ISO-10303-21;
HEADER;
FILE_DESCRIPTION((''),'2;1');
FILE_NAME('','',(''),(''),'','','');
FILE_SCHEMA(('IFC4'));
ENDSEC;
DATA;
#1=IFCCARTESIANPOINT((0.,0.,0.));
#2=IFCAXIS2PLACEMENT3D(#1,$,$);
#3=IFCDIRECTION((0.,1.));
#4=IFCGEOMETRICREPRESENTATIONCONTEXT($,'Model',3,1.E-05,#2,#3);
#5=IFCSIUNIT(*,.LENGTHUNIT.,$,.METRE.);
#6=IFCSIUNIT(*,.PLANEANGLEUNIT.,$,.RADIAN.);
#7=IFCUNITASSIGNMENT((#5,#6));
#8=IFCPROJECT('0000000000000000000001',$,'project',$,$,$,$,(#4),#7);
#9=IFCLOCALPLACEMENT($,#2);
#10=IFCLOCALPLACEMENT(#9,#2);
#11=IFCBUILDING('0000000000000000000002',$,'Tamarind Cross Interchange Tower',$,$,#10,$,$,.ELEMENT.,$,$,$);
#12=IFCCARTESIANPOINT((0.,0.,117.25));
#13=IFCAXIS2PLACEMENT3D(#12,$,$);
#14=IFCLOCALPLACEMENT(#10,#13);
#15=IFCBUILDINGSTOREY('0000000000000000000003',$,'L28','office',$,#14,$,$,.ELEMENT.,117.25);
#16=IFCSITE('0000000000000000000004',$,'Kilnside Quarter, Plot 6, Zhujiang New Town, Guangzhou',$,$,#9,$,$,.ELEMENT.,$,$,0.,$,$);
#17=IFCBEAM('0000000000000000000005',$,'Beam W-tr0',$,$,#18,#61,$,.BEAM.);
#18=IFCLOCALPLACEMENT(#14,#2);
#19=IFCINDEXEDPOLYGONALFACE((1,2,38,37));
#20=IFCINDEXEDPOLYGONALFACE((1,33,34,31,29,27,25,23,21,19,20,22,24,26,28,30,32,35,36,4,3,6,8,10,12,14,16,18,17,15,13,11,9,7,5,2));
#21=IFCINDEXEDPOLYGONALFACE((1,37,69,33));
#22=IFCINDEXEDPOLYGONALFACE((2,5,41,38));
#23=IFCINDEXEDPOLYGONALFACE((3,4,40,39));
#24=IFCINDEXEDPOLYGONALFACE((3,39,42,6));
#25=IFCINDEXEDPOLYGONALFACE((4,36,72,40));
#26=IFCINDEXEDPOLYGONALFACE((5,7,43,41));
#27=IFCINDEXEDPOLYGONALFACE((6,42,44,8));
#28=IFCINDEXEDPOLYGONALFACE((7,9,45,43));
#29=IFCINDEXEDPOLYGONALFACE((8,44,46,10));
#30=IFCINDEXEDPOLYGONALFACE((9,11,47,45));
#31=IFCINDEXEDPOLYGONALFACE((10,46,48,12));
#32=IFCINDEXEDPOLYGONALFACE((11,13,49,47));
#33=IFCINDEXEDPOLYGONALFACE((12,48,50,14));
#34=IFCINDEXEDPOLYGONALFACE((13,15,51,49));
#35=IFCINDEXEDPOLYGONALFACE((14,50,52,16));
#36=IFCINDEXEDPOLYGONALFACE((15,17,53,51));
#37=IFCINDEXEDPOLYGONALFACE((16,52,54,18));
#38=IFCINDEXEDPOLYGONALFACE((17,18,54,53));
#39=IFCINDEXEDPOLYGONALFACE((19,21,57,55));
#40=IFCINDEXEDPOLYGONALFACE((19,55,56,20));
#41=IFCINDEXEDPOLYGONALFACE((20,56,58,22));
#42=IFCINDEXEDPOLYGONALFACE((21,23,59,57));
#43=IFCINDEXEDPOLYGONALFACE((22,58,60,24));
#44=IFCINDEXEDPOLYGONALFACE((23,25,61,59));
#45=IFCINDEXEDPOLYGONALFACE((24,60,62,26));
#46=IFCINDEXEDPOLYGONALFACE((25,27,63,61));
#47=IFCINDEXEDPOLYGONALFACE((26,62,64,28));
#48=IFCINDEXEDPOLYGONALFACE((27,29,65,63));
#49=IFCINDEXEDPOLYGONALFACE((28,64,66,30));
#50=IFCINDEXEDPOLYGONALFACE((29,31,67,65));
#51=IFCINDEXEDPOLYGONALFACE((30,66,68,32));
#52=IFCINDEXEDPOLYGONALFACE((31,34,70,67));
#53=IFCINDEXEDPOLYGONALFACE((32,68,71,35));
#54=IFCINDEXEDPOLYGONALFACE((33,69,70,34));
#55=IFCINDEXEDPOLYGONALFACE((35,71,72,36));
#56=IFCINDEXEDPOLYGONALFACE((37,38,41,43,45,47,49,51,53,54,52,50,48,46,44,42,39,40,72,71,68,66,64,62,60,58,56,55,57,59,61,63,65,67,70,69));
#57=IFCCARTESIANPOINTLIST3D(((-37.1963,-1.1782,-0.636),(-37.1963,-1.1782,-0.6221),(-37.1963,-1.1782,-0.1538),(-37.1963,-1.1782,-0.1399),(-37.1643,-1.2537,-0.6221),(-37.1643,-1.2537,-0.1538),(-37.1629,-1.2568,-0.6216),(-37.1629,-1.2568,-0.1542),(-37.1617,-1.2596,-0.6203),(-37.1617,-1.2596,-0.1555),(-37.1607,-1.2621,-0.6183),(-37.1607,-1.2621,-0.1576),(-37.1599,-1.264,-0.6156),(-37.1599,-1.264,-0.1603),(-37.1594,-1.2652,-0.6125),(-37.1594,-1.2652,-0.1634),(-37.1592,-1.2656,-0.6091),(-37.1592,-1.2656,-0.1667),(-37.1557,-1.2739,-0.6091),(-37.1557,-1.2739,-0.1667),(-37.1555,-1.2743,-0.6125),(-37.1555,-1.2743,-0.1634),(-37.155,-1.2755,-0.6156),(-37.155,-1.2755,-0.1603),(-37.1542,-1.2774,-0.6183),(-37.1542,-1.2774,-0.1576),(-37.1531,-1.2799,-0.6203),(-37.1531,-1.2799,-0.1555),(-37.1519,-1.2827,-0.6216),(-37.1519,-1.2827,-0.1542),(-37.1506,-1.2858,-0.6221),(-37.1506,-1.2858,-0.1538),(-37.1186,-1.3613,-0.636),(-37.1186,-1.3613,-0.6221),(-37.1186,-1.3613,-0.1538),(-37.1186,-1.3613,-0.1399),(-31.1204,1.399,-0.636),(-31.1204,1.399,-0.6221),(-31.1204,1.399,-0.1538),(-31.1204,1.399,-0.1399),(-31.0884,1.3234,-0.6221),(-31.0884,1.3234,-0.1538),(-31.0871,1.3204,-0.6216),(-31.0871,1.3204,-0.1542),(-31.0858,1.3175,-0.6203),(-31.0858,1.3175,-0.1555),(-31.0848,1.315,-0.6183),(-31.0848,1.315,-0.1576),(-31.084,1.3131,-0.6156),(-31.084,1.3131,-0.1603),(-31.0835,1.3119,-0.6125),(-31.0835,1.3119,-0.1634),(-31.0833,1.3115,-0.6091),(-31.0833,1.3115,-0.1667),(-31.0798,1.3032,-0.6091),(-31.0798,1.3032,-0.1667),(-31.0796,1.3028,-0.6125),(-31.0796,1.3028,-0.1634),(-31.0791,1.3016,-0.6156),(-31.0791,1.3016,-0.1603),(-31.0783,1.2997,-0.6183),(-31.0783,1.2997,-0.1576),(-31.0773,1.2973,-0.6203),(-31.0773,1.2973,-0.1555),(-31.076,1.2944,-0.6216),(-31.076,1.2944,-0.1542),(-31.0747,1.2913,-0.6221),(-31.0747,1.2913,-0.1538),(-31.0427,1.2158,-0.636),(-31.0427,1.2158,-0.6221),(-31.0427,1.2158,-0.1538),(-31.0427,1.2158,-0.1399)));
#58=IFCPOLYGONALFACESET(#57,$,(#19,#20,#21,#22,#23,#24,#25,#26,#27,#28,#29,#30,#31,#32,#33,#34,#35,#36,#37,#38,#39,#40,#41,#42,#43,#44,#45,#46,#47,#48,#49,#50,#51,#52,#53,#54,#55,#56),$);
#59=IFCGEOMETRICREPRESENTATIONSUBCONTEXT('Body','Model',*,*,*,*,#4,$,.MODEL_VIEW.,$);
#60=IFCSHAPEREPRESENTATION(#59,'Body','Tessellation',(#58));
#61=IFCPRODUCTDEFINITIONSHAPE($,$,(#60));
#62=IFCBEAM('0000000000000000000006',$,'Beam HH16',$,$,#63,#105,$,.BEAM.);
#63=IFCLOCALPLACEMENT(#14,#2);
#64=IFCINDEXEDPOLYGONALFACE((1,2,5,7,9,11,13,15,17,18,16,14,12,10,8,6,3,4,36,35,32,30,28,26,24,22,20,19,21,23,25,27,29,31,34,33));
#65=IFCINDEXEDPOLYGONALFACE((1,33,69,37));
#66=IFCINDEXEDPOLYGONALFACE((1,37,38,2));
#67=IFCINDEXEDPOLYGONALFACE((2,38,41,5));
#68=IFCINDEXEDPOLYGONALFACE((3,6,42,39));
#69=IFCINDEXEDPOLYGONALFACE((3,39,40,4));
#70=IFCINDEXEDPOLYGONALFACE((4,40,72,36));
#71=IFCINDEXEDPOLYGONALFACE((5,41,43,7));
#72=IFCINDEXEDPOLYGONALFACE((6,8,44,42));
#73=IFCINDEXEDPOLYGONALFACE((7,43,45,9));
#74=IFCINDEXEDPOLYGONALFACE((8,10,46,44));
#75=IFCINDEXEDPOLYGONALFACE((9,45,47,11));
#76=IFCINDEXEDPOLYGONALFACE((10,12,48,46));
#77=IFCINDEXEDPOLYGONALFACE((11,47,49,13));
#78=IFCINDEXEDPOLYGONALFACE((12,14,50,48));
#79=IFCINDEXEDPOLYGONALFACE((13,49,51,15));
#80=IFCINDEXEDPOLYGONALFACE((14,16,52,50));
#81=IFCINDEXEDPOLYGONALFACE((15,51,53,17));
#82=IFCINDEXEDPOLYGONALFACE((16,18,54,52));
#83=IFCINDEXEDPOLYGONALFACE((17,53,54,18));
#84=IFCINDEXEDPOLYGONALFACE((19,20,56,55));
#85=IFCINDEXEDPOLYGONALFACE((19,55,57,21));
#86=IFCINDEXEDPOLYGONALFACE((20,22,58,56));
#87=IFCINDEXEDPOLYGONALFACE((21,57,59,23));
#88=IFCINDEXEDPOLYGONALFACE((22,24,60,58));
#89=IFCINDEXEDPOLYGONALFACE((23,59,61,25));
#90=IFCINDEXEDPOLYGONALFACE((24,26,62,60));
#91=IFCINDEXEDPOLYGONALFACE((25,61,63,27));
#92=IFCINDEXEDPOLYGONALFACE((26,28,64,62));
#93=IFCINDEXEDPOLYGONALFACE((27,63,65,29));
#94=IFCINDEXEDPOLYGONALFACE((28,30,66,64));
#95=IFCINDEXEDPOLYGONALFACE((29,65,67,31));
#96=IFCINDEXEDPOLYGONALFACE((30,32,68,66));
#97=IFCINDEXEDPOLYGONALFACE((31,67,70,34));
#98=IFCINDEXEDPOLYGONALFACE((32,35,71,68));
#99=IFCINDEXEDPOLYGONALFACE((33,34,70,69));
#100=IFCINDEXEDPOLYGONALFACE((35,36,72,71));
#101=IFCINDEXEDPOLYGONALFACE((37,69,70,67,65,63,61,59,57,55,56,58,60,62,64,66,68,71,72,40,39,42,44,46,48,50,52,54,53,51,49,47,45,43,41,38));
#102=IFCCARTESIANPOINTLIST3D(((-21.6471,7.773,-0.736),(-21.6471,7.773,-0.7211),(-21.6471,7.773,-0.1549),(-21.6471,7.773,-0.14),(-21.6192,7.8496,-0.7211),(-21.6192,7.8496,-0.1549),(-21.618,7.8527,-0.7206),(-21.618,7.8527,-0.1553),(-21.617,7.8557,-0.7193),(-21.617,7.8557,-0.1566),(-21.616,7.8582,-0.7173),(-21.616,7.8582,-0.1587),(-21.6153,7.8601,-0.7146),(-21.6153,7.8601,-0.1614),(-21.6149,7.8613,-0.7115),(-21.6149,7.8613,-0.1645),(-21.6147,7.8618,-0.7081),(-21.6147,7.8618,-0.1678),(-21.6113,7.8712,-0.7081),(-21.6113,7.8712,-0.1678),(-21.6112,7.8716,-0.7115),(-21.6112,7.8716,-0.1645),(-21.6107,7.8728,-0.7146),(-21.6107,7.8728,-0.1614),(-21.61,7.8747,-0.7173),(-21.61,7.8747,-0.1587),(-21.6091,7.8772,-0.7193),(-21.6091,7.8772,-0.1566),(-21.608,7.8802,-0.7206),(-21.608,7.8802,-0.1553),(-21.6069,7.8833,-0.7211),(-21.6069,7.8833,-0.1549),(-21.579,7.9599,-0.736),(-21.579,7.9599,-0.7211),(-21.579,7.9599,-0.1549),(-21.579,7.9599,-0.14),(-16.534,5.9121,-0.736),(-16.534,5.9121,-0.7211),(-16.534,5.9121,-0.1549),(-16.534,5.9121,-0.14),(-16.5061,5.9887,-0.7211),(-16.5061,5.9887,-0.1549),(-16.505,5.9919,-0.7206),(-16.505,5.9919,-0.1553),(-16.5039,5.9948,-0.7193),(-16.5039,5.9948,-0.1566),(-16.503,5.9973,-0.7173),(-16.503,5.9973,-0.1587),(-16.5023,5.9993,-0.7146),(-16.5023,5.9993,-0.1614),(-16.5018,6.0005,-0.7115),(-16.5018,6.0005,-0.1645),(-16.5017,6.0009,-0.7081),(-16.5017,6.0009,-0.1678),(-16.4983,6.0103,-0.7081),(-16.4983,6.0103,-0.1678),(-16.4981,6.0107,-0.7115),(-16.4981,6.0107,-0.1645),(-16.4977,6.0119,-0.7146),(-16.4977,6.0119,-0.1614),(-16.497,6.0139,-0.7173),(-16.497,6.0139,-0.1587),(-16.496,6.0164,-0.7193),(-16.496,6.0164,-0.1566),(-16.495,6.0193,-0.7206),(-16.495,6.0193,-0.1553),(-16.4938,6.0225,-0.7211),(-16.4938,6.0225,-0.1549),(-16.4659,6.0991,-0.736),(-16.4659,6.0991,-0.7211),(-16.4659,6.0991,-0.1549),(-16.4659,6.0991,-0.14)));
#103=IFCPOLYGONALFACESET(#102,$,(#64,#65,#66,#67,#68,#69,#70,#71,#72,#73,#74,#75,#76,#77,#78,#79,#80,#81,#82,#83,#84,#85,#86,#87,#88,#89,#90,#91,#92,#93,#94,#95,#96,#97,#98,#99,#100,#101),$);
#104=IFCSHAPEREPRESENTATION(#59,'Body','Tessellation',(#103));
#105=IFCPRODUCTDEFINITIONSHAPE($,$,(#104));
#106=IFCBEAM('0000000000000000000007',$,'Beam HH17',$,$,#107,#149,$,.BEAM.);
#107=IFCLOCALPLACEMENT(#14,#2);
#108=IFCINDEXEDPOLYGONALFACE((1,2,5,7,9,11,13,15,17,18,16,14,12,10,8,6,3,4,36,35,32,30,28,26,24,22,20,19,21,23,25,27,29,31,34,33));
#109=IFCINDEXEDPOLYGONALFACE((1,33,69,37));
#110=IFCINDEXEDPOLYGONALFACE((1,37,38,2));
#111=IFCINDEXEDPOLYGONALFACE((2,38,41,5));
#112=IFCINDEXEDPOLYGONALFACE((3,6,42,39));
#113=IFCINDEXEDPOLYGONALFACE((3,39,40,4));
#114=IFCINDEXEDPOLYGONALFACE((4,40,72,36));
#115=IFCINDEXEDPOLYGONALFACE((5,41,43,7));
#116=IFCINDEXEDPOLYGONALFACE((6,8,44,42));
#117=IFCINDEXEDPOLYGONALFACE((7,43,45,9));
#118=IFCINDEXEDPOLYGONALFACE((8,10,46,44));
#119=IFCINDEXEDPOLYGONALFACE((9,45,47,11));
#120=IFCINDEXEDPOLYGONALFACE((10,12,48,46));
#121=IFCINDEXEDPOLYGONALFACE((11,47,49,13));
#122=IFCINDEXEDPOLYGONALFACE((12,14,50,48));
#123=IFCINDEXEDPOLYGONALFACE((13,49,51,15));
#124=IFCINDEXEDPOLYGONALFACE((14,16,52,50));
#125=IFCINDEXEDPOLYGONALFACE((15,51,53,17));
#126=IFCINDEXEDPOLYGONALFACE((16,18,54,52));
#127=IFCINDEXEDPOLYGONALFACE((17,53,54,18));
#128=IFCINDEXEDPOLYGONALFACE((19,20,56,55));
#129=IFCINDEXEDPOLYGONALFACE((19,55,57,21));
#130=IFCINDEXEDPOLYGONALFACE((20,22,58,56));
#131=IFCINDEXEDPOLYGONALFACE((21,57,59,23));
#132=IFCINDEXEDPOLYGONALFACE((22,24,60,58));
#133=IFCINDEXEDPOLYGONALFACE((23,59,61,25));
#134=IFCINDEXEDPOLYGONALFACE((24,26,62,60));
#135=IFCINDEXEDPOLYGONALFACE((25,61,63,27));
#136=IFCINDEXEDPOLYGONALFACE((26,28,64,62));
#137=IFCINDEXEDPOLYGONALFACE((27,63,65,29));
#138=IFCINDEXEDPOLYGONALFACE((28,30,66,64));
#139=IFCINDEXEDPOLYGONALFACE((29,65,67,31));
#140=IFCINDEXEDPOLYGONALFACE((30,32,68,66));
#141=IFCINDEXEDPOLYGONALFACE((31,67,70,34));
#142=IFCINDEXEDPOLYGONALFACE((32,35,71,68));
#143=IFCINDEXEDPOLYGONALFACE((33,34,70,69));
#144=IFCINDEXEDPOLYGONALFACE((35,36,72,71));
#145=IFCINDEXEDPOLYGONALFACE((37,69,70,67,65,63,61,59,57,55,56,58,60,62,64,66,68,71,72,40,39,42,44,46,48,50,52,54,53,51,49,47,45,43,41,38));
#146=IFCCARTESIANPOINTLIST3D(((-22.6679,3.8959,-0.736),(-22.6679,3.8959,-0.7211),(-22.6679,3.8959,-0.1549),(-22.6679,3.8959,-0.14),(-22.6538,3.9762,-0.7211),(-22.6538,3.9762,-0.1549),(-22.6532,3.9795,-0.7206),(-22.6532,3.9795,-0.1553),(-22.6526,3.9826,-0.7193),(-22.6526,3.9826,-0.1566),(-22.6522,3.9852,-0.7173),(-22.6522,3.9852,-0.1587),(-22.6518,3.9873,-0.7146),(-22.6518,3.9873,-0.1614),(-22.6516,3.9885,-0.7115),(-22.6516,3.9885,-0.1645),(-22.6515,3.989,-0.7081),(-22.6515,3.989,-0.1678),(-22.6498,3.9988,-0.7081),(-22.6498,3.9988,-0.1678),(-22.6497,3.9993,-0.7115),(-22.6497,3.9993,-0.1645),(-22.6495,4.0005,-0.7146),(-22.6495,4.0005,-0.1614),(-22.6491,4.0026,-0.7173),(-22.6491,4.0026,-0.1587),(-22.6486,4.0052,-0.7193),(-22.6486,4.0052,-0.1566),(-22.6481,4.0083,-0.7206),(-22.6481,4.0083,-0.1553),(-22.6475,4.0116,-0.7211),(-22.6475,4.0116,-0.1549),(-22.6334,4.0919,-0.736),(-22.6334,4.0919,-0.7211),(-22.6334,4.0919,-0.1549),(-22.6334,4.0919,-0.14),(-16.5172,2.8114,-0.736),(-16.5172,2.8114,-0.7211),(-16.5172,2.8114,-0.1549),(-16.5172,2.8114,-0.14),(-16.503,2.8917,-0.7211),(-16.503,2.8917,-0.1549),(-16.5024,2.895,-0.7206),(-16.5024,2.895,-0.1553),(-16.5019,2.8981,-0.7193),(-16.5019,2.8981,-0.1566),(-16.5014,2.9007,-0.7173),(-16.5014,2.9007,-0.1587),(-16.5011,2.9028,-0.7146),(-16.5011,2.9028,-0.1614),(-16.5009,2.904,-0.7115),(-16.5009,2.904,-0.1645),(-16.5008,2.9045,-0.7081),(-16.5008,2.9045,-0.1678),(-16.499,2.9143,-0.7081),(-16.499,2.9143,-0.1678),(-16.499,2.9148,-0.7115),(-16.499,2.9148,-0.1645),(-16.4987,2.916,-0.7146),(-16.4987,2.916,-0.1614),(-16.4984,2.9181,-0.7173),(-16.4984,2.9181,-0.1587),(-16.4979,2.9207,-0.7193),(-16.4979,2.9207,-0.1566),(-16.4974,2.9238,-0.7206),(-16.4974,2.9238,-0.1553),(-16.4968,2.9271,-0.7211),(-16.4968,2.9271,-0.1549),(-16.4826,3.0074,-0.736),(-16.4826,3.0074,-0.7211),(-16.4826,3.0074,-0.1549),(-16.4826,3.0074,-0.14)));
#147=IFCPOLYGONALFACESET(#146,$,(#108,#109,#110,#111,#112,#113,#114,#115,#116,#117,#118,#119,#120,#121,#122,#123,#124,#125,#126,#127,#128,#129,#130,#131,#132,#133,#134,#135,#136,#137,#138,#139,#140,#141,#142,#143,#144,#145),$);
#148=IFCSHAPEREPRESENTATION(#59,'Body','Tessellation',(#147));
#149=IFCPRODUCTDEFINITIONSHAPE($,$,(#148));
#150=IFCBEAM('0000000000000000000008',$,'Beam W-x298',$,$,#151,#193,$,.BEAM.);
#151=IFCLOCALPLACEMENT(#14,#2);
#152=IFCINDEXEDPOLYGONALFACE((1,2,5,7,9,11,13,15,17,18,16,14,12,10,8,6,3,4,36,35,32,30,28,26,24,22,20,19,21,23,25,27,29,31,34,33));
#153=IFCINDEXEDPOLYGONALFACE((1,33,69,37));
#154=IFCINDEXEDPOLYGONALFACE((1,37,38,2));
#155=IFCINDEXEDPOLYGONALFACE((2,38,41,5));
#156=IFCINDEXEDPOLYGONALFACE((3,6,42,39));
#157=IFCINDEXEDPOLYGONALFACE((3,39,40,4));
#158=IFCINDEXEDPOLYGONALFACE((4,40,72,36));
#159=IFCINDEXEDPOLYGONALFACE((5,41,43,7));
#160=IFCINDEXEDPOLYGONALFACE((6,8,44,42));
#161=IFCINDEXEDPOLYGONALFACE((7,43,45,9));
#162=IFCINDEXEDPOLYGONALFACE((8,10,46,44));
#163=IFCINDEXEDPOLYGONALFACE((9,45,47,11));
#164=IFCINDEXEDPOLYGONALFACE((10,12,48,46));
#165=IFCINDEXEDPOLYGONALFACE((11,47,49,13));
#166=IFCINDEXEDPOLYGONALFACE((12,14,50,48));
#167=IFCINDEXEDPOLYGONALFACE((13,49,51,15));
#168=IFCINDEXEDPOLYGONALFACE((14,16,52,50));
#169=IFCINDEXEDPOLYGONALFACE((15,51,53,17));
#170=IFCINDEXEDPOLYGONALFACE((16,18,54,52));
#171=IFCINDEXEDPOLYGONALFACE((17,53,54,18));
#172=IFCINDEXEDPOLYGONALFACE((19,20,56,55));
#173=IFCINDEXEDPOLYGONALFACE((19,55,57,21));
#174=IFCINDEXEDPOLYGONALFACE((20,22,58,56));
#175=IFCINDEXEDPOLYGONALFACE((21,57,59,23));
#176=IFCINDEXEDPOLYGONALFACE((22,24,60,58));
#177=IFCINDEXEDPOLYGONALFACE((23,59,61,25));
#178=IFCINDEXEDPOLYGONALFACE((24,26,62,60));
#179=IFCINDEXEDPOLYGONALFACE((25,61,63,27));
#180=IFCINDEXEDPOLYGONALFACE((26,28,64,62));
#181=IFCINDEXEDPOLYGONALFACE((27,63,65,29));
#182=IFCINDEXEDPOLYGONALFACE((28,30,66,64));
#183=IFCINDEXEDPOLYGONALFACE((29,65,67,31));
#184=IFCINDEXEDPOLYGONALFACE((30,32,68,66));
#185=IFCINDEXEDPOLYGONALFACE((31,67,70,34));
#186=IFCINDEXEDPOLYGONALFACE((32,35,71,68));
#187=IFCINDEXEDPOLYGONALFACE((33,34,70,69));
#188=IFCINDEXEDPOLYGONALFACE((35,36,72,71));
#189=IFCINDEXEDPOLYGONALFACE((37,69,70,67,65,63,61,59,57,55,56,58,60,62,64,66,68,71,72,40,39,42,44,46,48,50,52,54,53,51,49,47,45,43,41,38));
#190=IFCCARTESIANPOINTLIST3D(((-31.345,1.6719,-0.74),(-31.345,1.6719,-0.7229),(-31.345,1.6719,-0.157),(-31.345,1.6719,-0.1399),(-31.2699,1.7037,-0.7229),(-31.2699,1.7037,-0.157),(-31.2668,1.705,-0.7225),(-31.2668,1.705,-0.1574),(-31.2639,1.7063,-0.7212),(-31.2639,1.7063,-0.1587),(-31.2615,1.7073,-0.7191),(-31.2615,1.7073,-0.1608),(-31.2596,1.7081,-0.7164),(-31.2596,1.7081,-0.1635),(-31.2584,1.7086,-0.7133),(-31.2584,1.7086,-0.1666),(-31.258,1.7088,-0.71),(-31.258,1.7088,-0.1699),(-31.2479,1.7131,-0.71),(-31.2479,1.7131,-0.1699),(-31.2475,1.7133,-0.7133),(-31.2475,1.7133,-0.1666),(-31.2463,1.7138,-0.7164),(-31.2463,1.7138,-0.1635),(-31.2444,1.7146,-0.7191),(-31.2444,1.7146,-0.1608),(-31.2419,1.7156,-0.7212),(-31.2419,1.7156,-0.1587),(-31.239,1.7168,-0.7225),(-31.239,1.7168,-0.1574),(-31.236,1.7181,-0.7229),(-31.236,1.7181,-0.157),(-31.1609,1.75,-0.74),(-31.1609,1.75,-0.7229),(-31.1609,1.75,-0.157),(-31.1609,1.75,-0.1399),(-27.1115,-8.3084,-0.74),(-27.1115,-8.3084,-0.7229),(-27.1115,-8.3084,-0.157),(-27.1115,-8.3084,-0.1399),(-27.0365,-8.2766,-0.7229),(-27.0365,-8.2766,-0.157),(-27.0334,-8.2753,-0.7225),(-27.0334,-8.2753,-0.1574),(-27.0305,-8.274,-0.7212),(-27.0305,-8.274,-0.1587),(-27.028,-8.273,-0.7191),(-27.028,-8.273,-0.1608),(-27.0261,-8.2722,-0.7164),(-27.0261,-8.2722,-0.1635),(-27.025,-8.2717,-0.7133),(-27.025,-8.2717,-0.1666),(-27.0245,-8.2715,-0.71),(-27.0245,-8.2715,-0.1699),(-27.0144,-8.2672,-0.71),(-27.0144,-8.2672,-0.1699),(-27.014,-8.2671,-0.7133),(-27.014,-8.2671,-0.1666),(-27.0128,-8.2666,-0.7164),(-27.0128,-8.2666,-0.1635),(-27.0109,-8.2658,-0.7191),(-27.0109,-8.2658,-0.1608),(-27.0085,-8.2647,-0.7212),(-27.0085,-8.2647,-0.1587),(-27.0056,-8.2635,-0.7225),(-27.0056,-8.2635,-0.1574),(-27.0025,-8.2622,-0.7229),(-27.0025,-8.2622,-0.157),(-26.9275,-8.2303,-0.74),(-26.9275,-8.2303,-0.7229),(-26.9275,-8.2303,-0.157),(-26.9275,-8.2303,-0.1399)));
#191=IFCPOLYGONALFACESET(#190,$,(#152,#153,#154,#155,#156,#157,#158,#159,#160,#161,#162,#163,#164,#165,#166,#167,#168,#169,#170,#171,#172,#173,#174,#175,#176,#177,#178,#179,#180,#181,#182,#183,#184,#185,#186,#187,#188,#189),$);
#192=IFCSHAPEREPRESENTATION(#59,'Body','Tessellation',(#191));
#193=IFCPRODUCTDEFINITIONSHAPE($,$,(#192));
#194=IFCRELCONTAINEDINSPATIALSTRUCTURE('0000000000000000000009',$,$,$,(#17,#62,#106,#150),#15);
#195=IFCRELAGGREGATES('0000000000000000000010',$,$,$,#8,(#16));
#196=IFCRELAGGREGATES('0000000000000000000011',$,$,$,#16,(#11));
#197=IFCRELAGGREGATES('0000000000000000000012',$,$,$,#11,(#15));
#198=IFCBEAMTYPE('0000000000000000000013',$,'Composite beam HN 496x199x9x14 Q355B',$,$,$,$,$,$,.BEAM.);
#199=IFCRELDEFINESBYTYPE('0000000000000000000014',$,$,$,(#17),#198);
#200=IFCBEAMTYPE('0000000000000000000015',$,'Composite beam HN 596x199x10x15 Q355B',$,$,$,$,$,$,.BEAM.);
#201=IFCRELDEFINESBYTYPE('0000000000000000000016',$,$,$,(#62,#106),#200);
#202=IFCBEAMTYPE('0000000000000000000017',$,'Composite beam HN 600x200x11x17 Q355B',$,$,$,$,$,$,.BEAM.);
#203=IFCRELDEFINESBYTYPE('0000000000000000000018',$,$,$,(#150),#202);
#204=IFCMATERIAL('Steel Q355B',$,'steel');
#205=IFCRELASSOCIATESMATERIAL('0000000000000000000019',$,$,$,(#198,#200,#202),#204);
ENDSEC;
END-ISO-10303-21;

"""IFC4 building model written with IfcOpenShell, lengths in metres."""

from ifc_helpers import new_model, si_unit, direction, frame, origin, origin_2d, place, context, subcontext, project, spatial, i_section, extrude, material, material_profile, profile_set, type_object, element, save


model = new_model("IFC4")

# Units and contexts
model_context = context("Model", 3, precision=1e-05, world=origin(), true_north=direction((0.0, 1.0)))
body_context = subcontext(model_context, "Body", "Model", "MODEL_VIEW")
ifc_project = project(units=[si_unit("LENGTHUNIT", "METRE"), si_unit("PLANEANGLEUNIT", "RADIAN")], contexts=[model_context])

# Site, building, storey
site_placement = place(None, origin())
site = spatial("IfcSite", under=ifc_project, at=site_placement, Name="Kilnside Quarter, Plot 6, Zhujiang New Town, Guangzhou", CompositionType="ELEMENT", RefElevation=0.0)
building_placement = place(site_placement, origin())
building = spatial("IfcBuilding", under=site, at=building_placement, Name="Tamarind Cross Interchange Tower", CompositionType="ELEMENT")
storey_placement = place(building_placement, frame((0.0, 0.0, 117.25)))
storey = spatial("IfcBuildingStorey", under=building, at=storey_placement, Name="L28", Description="office", CompositionType="ELEMENT", Elevation=117.25)

# Beams
ifc_material_1 = material(Name="Steel Q355B", Category="steel")
ifc_material_profile_1 = material_profile(ifc_material_1, i_section(OverallWidth=0.199, OverallDepth=0.4961, WebThickness=0.009, FlangeThickness=0.0139, FilletRadius=0.0129, at=origin_2d()), Name="HN 496x199x9x14")
ifc_profile_set_1 = profile_set([ifc_material_profile_1], Name="Steel Q355B")
beam_type_1 = type_object("IfcBeamType", Name="Composite beam HN 496x199x9x14 Q355B", PredefinedType="BEAM", material=ifc_profile_set_1)
beam_1_placement = place(storey_placement, frame((-31.0815, 1.3074, -0.3879), z_axis=(-0.92061, -0.390483, 0.0), x_axis=(0.390483, -0.92061, 0.0)))
element("IfcBeam", 1, at=beam_1_placement, inside=storey, type_object=beam_type_1, Name="Beam W-tr0", PredefinedType="BEAM", context=body_context, shape_type="SweptSolid", body=[
    extrude(i_section(OverallWidth=0.199, OverallDepth=0.4961, WebThickness=0.009, FlangeThickness=0.0139, FilletRadius=0.0129, at=origin_2d()), origin(), (0.0, 0.0, 1.0), 6.5999),
])
ifc_material_profile_2 = material_profile(ifc_material_1, i_section(OverallWidth=0.199, OverallDepth=0.5959, WebThickness=0.01, FlangeThickness=0.0149, FilletRadius=0.0129, at=origin_2d()), Name="HN 596x199x10x15")
ifc_profile_set_2 = profile_set([ifc_material_profile_2], Name="Steel Q355B")
beam_type_2 = type_object("IfcBeamType", Name="Composite beam HN 596x199x10x15 Q355B", PredefinedType="BEAM", material=ifc_profile_set_2)
beam_2_placement = place(storey_placement, frame((-21.613, 7.8665, -0.438), z_axis=(0.939702, -0.341995, 0.0), x_axis=(0.341995, 0.939702, 0.0)))
element("IfcBeam", 2, at=beam_2_placement, inside=storey, type_object=beam_type_2, Name="Beam HH16", PredefinedType="BEAM", context=body_context, shape_type="SweptSolid", body=[
    extrude(i_section(OverallWidth=0.199, OverallDepth=0.5959, WebThickness=0.01, FlangeThickness=0.0149, FilletRadius=0.0129, at=origin_2d()), origin(), (0.0, 0.0, 1.0), 5.4412),
])
beam_3_placement = place(storey_placement, frame((-22.6506, 3.9939, -0.438), z_axis=(0.984809, -0.17364, 0.0), x_axis=(0.17364, 0.984809, 0.0)))
element("IfcBeam", 3, at=beam_3_placement, inside=storey, type_object=beam_type_2, Name="Beam HH17", PredefinedType="BEAM", context=body_context, shape_type="SweptSolid", body=[
    extrude(i_section(OverallWidth=0.199, OverallDepth=0.5959, WebThickness=0.01, FlangeThickness=0.0149, FilletRadius=0.0129, at=origin_2d()), origin(), (0.0, 0.0, 1.0), 6.2456),
])
ifc_material_profile_3 = material_profile(ifc_material_1, i_section(OverallWidth=0.2, OverallDepth=0.6001, WebThickness=0.011, FlangeThickness=0.0171, FilletRadius=0.0129, at=origin_2d()), Name="HN 600x200x11x17")
ifc_profile_set_3 = profile_set([ifc_material_profile_3], Name="Steel Q355B")
beam_type_3 = type_object("IfcBeamType", Name="Composite beam HN 600x200x11x17 Q355B", PredefinedType="BEAM", material=ifc_profile_set_3)
beam_4_placement = place(storey_placement, frame((-31.2529, 1.7109, -0.4399), z_axis=(0.3905, -0.920603, 0.0), x_axis=(0.920603, 0.3905, 0.0)))
element("IfcBeam", 4, at=beam_4_placement, inside=storey, type_object=beam_type_3, Name="Beam W-x298", PredefinedType="BEAM", context=body_context, shape_type="SweptSolid", body=[
    extrude(i_section(OverallWidth=0.2, OverallDepth=0.6001, WebThickness=0.011, FlangeThickness=0.0171, FilletRadius=0.0129, at=origin_2d()), origin(), (0.0, 0.0, 1.0), 10.8411),
])

save(model, "model.ifc")
